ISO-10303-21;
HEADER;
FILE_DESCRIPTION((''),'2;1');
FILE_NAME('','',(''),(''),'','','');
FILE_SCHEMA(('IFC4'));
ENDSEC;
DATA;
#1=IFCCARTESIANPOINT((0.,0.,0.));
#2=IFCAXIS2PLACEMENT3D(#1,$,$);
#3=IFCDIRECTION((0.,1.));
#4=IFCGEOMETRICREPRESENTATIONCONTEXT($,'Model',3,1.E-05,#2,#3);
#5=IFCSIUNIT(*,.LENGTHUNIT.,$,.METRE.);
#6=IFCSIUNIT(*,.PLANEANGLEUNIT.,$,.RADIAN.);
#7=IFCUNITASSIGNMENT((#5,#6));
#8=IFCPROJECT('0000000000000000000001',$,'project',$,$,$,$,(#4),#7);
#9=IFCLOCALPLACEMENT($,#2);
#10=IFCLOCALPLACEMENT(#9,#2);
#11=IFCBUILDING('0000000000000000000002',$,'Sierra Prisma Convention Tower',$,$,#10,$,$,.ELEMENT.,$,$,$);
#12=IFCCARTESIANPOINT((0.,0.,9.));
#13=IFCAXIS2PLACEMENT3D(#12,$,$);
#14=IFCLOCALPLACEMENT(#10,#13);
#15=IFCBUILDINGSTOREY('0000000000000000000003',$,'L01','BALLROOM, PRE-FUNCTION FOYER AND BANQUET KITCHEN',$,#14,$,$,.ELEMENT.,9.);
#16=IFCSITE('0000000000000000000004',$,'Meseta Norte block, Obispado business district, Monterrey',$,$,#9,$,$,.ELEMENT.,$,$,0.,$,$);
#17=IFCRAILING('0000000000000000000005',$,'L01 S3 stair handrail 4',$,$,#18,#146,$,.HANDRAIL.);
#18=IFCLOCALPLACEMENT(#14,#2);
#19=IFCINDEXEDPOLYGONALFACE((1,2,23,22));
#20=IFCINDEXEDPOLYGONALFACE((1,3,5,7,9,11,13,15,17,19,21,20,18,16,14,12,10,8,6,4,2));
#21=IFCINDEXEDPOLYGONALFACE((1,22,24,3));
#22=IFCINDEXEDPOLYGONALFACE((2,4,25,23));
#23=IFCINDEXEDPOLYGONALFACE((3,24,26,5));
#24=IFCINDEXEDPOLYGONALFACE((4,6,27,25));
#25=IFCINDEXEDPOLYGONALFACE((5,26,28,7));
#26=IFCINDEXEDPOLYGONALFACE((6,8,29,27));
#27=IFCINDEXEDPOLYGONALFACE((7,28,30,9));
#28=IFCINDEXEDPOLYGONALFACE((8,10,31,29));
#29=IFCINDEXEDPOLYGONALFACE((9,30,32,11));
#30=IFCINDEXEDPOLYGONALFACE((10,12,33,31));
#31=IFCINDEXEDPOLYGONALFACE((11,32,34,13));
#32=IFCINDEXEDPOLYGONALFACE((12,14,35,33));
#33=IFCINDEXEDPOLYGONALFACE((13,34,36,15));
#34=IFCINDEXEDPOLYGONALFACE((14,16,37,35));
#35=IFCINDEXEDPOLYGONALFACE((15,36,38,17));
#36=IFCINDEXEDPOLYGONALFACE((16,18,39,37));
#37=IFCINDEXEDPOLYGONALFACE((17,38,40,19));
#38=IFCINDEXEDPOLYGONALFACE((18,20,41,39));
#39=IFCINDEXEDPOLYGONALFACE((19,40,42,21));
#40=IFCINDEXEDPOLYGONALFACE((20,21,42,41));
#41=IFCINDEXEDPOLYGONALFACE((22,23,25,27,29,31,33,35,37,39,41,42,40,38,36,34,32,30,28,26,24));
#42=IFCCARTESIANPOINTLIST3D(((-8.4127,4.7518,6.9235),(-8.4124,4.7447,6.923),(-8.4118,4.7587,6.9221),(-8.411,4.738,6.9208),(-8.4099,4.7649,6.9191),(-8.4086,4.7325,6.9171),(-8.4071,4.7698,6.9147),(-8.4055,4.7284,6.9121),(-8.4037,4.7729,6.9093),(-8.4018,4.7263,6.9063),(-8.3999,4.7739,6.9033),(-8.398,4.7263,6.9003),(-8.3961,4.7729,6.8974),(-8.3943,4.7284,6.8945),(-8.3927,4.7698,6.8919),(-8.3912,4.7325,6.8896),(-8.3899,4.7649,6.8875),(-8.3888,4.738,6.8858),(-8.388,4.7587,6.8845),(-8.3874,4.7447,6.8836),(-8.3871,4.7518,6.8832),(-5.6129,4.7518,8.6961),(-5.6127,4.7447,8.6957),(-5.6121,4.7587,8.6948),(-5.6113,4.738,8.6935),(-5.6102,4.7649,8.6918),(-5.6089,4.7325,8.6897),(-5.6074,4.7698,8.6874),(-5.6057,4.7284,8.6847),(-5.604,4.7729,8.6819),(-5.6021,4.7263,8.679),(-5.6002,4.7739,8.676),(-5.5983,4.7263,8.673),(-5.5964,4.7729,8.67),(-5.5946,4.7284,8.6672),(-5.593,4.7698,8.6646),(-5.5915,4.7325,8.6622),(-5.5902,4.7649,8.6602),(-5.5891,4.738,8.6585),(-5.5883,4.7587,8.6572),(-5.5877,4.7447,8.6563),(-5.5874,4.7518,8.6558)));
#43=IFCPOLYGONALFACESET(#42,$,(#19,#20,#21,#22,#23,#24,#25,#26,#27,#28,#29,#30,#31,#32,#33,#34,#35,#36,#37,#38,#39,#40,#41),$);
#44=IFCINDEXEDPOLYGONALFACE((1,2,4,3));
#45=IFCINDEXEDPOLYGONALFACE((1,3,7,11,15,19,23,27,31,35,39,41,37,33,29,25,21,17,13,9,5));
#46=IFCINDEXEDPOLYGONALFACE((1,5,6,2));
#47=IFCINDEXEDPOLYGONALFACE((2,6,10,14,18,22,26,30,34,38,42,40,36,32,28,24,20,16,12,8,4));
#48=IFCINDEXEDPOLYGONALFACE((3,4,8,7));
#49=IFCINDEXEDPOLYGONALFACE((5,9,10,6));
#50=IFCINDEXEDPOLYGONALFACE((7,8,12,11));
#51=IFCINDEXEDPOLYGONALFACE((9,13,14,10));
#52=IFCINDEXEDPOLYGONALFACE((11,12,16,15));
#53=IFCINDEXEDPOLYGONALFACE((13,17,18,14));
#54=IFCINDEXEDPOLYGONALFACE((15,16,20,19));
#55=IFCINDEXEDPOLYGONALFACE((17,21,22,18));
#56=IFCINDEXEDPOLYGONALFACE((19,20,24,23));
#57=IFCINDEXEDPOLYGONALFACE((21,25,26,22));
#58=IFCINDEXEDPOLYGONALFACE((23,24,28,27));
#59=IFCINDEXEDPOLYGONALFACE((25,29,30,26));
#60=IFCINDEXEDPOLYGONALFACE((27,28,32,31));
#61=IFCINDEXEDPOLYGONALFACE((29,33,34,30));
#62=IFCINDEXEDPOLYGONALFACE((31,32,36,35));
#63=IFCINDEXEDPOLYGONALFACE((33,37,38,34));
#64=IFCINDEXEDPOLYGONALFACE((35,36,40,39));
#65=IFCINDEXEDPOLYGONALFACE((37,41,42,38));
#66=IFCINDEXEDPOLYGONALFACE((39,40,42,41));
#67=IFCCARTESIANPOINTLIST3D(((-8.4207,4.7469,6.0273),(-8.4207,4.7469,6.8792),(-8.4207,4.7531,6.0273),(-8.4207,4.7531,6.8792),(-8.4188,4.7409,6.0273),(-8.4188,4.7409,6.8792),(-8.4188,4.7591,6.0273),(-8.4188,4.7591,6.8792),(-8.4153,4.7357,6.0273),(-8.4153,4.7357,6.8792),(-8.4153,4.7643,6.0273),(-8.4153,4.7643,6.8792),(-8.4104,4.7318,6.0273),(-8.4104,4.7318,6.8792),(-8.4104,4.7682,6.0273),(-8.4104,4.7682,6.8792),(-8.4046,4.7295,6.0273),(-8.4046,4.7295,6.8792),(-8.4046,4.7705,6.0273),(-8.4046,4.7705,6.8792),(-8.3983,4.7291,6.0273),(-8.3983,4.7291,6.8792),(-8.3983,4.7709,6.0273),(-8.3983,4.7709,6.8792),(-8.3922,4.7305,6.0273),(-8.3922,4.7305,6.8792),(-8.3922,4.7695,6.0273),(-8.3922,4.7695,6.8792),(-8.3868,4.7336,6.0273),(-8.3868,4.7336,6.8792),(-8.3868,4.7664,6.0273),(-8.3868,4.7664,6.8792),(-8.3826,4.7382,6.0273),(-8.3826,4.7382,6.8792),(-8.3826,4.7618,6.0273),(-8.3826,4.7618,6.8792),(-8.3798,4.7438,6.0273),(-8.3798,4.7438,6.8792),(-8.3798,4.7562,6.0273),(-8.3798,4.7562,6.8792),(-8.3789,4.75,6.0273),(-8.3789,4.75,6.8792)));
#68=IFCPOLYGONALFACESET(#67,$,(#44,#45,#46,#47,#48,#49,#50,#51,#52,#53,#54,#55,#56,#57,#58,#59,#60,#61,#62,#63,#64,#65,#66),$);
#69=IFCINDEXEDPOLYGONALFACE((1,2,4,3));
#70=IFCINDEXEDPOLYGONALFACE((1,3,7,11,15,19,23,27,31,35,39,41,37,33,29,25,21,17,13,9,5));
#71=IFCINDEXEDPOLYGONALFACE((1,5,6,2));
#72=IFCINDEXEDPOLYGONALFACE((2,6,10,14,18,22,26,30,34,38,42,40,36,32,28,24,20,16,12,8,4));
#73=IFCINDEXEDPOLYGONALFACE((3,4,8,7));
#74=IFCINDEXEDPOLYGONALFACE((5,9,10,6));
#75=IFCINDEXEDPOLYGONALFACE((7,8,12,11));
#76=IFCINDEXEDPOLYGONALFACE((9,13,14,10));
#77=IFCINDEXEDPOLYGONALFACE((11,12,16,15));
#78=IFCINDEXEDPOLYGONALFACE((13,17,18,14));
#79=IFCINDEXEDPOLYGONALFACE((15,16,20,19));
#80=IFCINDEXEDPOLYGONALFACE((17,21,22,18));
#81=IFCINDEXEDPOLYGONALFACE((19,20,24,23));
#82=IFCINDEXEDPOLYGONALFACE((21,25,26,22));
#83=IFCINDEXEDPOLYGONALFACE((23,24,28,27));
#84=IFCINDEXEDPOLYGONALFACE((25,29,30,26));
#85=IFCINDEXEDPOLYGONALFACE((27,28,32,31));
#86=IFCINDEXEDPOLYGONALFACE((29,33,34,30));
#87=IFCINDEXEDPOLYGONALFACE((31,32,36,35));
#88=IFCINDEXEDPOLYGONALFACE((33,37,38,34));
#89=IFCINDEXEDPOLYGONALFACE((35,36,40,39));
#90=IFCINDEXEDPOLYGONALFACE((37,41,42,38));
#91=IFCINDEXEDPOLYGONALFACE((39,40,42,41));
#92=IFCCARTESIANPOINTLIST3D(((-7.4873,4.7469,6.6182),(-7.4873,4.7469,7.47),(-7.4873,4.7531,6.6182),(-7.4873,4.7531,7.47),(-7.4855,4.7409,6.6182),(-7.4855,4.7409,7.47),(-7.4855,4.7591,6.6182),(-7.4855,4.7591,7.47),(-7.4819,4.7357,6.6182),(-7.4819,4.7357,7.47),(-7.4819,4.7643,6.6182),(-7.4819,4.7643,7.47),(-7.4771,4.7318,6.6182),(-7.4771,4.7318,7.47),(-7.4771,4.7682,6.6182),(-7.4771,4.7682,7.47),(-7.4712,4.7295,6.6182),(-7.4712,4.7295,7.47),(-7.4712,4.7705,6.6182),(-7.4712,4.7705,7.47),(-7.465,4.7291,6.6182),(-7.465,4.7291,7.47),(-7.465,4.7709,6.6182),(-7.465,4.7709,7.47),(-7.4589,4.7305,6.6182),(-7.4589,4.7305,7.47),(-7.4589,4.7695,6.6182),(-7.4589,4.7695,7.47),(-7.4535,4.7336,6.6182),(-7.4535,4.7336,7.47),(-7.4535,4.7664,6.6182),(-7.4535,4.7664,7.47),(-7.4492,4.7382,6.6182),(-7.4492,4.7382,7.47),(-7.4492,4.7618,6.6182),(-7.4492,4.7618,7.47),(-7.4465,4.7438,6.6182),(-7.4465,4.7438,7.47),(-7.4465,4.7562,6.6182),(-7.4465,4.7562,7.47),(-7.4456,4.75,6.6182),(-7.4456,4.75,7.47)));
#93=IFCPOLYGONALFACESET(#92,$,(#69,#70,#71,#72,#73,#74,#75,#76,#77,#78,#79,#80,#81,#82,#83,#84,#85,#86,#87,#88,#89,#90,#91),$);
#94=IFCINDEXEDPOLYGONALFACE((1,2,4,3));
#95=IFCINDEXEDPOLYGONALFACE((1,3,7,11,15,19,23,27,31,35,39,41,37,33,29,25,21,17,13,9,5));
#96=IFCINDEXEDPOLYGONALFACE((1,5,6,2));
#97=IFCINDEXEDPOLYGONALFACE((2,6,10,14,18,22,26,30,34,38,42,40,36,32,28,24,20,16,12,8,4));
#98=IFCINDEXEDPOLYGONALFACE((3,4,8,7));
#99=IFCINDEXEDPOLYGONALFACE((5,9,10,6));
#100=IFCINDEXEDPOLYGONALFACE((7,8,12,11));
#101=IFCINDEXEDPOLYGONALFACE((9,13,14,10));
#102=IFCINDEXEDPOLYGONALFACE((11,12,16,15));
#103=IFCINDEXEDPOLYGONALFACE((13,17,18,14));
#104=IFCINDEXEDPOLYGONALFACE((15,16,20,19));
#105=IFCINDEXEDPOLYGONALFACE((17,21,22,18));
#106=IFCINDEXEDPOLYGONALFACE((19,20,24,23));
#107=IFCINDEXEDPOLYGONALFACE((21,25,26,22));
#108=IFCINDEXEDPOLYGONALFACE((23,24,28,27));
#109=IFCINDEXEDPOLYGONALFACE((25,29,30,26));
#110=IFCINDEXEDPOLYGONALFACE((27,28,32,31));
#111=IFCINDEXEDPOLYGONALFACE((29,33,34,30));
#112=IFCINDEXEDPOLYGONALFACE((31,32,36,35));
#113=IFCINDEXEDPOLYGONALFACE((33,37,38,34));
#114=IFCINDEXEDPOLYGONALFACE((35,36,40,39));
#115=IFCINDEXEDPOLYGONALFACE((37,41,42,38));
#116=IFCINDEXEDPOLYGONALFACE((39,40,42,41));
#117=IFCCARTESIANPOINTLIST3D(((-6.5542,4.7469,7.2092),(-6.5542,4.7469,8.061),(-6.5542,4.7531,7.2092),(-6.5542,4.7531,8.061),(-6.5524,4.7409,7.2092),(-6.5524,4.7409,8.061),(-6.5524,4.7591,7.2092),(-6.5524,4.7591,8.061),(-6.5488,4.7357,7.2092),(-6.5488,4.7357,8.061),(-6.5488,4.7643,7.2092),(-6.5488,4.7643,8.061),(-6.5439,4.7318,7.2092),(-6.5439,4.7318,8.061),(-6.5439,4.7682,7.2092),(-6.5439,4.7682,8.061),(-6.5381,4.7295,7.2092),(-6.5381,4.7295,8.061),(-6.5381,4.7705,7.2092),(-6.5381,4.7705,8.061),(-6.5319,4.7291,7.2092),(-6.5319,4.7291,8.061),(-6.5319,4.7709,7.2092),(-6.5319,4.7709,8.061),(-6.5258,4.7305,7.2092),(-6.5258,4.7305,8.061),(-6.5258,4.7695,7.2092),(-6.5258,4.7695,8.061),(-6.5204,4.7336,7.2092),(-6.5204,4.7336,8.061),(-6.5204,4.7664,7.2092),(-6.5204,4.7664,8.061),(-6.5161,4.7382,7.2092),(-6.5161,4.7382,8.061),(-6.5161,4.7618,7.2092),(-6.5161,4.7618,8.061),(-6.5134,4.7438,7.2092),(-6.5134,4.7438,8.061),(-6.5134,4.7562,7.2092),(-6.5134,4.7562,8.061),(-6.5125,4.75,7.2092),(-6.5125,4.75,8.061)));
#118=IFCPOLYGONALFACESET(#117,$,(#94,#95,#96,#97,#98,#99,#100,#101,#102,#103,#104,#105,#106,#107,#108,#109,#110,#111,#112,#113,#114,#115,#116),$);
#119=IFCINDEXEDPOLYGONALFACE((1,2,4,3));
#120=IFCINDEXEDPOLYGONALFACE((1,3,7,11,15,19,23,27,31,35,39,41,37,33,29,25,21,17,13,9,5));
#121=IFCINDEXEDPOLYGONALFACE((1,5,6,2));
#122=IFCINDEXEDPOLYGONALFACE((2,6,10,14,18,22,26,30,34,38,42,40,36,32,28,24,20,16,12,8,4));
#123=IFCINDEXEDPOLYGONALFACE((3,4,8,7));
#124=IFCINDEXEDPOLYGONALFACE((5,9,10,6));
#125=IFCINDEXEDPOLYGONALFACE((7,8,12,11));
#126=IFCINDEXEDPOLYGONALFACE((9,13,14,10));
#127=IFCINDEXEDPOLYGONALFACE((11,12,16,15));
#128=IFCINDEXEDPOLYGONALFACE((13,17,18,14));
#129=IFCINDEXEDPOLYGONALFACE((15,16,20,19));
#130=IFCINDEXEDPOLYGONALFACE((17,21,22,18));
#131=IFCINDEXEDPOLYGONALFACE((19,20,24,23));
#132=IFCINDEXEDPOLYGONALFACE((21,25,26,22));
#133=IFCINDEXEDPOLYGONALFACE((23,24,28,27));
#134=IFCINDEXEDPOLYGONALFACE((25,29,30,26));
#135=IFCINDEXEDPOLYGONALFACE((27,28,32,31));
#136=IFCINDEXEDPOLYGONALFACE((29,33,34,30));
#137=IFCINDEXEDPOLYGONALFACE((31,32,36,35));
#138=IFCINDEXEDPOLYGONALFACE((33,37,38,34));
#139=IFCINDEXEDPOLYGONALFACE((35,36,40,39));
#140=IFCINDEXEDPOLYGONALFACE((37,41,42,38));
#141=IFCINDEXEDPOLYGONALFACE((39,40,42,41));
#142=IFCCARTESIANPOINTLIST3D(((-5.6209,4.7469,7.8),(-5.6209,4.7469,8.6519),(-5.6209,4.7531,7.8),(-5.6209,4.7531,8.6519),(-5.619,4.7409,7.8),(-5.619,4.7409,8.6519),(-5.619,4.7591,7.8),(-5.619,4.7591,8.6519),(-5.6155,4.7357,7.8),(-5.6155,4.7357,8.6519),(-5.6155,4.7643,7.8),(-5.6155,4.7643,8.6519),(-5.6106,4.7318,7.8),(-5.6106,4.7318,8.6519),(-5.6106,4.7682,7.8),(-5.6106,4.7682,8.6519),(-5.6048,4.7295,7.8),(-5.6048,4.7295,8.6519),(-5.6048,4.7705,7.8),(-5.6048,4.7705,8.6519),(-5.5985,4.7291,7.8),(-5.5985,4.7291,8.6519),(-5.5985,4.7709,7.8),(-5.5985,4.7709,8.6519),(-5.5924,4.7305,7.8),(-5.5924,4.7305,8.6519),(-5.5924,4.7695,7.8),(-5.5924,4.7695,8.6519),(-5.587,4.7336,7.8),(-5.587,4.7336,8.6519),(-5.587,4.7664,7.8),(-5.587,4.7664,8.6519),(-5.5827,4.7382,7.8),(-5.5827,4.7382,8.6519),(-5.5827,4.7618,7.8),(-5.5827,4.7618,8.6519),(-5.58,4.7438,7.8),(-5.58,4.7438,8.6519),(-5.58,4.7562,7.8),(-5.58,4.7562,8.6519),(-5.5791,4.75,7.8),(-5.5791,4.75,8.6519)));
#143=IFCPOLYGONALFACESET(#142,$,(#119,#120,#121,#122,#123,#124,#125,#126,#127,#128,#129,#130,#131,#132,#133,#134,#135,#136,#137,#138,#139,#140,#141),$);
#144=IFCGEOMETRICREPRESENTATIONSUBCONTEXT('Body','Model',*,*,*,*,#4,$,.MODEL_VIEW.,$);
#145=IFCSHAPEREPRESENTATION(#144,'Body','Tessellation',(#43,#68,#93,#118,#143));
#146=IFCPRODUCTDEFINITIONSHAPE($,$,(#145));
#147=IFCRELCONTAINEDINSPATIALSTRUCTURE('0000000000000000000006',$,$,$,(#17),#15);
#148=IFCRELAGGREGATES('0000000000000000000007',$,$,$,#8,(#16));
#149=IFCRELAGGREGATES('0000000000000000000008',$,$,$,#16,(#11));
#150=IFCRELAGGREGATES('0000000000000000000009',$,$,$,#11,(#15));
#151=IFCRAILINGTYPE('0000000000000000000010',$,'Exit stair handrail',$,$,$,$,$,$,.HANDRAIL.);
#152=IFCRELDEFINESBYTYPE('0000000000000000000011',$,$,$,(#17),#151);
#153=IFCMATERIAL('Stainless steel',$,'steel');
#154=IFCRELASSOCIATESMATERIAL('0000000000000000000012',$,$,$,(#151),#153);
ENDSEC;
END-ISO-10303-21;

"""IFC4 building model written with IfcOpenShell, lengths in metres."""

from ifc_helpers import new_model, si_unit, direction, frame, origin, origin_2d, place, context, subcontext, project, spatial, circle, extrude, material, type_object, element, save


model = new_model("IFC4")

# Units and contexts
model_context = context("Model", 3, precision=1e-05, world=origin(), true_north=direction((0.0, 1.0)))
body_context = subcontext(model_context, "Body", "Model", "MODEL_VIEW")
ifc_project = project(units=[si_unit("LENGTHUNIT", "METRE"), si_unit("PLANEANGLEUNIT", "RADIAN")], contexts=[model_context])

# Site, building, storey
site_placement = place(None, origin())
site = spatial("IfcSite", under=ifc_project, at=site_placement, Name="Meseta Norte block, Obispado business district, Monterrey", CompositionType="ELEMENT", RefElevation=0.0)
building_placement = place(site_placement, origin())
building = spatial("IfcBuilding", under=site, at=building_placement, Name="Sierra Prisma Convention Tower", CompositionType="ELEMENT")
storey_placement = place(building_placement, frame((0.0, 0.0, 9.0)))
storey = spatial("IfcBuildingStorey", under=building, at=storey_placement, Name="L01", Description="BALLROOM, PRE-FUNCTION FOYER AND BANQUET KITCHEN", CompositionType="ELEMENT", Elevation=9.0)

# Railing
ifc_material_1 = material(Name="Stainless steel", Category="steel")
railing_type_1 = type_object("IfcRailingType", Name="Exit stair handrail", PredefinedType="HANDRAIL", material=ifc_material_1)
for number, where, name in (
    (1, (-8.3999, 4.75, 6.0273), "L01 S3 stair handrail 4"),
):
    element("IfcRailing", number, at=place(storey_placement, frame(where)), inside=storey, type_object=railing_type_1, Name=name, PredefinedType="HANDRAIL", context=body_context, shape_type="SweptSolid", body=[
        extrude(circle(Radius=0.0239, at=origin_2d()), frame((0.0, 0.0, 0.876), z_axis=(0.844888, 0.0, 0.534943), x_axis=(0.0, 1.0, 0.0)), (0.0, 0.0, 1.0), 3.3137),
        extrude(circle(Radius=0.021, at=origin_2d()), origin(), (0.0, 0.0, 1.0), 0.8518),
        extrude(circle(Radius=0.021, at=origin_2d()), frame((0.9333, 0.0, 0.5908)), (0.0, 0.0, 1.0), 0.8518),
        extrude(circle(Radius=0.021, at=origin_2d()), frame((1.8665, 0.0, 1.1819)), (0.0, 0.0, 1.0), 0.8518),
        extrude(circle(Radius=0.021, at=origin_2d()), frame((2.7998, 0.0, 1.7727)), (0.0, 0.0, 1.0), 0.8518),
    ])

save(model, "model.ifc")
